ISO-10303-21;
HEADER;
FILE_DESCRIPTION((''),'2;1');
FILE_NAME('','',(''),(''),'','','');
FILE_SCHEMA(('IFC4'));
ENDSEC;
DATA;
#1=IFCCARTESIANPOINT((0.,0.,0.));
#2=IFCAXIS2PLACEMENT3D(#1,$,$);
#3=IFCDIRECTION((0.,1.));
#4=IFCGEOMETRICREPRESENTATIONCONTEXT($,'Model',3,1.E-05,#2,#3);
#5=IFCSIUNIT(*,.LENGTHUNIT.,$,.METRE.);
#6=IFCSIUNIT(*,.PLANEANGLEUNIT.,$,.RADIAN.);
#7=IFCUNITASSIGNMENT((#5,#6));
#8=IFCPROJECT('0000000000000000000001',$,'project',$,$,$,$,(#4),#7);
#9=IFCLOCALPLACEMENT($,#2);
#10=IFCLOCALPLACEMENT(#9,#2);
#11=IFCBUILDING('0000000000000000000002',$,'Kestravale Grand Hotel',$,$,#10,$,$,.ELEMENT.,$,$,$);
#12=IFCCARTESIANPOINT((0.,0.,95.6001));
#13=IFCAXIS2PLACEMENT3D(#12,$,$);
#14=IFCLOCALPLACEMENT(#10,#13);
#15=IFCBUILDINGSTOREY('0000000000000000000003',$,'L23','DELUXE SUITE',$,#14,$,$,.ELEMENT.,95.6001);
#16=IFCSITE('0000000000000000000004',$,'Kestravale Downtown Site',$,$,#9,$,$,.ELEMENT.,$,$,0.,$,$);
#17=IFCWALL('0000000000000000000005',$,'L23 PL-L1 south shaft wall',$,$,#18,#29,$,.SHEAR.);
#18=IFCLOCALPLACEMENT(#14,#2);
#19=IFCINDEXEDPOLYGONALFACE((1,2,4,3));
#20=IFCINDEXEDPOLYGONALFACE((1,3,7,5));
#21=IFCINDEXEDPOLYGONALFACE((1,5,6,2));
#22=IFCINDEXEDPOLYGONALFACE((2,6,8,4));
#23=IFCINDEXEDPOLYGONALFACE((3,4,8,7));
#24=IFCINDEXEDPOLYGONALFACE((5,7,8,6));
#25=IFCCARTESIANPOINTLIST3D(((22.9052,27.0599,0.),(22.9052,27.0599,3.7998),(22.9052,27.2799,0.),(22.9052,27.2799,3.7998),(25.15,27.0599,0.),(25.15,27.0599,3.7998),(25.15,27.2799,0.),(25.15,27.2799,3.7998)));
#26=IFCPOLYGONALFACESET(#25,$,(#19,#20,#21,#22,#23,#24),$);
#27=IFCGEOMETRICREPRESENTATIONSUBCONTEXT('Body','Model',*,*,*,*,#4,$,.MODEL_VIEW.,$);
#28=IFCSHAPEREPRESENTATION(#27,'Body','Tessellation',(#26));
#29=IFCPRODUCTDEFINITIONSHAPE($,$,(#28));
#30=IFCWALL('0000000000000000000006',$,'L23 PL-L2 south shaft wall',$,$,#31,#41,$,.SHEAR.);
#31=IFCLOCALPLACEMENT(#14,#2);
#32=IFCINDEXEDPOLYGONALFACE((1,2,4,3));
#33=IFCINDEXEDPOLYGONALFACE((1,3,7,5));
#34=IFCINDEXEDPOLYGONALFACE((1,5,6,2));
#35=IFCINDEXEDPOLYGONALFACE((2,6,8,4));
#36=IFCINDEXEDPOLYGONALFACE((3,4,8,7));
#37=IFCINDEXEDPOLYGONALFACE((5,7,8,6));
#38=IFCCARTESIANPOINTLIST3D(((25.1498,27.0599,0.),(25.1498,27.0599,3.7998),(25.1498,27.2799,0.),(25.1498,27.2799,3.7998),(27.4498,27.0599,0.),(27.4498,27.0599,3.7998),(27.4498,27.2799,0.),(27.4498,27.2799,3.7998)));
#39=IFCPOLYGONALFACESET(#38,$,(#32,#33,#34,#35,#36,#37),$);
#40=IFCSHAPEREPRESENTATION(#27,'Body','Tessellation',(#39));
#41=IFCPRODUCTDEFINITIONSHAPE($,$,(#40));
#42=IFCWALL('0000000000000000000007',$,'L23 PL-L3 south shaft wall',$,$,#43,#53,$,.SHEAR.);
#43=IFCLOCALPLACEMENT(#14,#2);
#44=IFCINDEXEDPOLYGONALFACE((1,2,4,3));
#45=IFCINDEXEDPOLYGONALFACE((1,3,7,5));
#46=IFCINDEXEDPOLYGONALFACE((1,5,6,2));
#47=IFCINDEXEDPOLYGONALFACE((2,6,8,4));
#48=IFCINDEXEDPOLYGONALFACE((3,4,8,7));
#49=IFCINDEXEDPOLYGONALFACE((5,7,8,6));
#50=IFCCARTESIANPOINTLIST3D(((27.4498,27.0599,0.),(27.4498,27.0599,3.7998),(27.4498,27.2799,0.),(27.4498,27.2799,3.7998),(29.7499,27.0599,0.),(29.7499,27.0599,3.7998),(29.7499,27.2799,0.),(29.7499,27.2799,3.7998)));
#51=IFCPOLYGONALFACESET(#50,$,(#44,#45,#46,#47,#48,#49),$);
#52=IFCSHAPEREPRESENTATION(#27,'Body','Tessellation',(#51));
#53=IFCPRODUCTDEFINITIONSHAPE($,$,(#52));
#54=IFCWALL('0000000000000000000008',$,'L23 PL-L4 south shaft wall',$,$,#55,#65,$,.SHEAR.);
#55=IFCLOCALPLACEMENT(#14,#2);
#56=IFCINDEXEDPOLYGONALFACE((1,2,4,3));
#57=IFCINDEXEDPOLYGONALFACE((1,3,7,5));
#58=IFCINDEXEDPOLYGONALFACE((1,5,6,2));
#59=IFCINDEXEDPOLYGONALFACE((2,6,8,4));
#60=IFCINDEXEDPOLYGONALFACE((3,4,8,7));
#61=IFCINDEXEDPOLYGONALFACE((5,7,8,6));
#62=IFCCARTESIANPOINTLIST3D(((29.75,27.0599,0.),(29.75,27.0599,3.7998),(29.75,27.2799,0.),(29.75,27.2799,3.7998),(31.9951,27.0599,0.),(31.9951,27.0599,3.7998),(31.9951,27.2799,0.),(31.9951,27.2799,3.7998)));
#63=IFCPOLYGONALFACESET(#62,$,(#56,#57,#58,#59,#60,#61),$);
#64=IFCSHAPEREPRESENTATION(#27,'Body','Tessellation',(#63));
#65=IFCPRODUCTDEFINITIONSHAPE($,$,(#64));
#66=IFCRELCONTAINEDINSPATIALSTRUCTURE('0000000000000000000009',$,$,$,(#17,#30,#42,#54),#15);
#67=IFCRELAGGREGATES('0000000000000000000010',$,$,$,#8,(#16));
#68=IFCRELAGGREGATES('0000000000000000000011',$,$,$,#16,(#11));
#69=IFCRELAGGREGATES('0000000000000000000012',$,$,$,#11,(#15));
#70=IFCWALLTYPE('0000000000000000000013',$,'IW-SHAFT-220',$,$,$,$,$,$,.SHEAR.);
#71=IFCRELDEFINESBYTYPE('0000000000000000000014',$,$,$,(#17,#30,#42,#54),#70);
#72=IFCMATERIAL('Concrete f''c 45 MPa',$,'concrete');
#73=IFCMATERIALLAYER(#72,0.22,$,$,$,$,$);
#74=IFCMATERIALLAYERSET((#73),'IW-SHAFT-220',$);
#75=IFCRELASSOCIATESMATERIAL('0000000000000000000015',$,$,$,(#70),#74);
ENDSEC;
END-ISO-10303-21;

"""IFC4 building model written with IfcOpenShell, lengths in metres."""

from ifc_helpers import new_model, si_unit, direction, frame, frame_2d, origin, place, context, subcontext, project, spatial, rectangle, extrude, material, layer, layer_set, type_object, element, save


model = new_model("IFC4")

# Units and contexts
model_context = context("Model", 3, precision=1e-05, world=origin(), true_north=direction((0.0, 1.0)))
body_context = subcontext(model_context, "Body", "Model", "MODEL_VIEW")
ifc_project = project(units=[si_unit("LENGTHUNIT", "METRE"), si_unit("PLANEANGLEUNIT", "RADIAN")], contexts=[model_context])

# Site, building, storey
site_placement = place(None, origin())
site = spatial("IfcSite", under=ifc_project, at=site_placement, Name="Kestravale Downtown Site", CompositionType="ELEMENT", RefElevation=0.0)
building_placement = place(site_placement, origin())
building = spatial("IfcBuilding", under=site, at=building_placement, Name="Kestravale Grand Hotel", CompositionType="ELEMENT")
storey_placement = place(building_placement, frame((0.0, 0.0, 95.6001)))
storey = spatial("IfcBuildingStorey", under=building, at=storey_placement, Name="L23", Description="DELUXE SUITE", CompositionType="ELEMENT", Elevation=95.6001)

# Shared definitions
ifc_material_1 = material(Name="Concrete f'c 45 MPa", Category="concrete")
ifc_layer_1 = layer(ifc_material_1, 0.22)
ifc_layer_set_1 = layer_set([ifc_layer_1], Name="IW-SHAFT-220")
wall_type_1 = type_object("IfcWallType", Name="IW-SHAFT-220", PredefinedType="SHEAR", material=ifc_layer_set_1)

# Wall
wall_1_placement = place(storey_placement, frame((22.905, 27.1699, 0.0), z_axis=(0.0, 0.0, 1.0), x_axis=(1.0, 0.0, 0.0)))
element("IfcWall", 1, at=wall_1_placement, inside=storey, type_object=wall_type_1, Name="L23 PL-L1 south shaft wall", PredefinedType="SHEAR", context=body_context, shape_type="SweptSolid", body=[
    extrude(rectangle(XDim=2.2449, YDim=0.22, at=frame_2d((1.1226, 0.0))), origin(), (0.0, 0.0, 1.0), 3.7998),
])

# Wall
wall_2_placement = place(storey_placement, frame((25.1499, 27.1699, 0.0), z_axis=(0.0, 0.0, 1.0), x_axis=(1.0, 0.0, 0.0)))
element("IfcWall", 2, at=wall_2_placement, inside=storey, type_object=wall_type_1, Name="L23 PL-L2 south shaft wall", PredefinedType="SHEAR", context=body_context, shape_type="SweptSolid", body=[
    extrude(rectangle(XDim=2.3, YDim=0.22, at=frame_2d((1.1499, 0.0))), origin(), (0.0, 0.0, 1.0), 3.7998),
])

# Wall
wall_3_placement = place(storey_placement, frame((27.45, 27.1699, 0.0), z_axis=(0.0, 0.0, 1.0), x_axis=(1.0, 0.0, 0.0)))
element("IfcWall", 3, at=wall_3_placement, inside=storey, type_object=wall_type_1, Name="L23 PL-L3 south shaft wall", PredefinedType="SHEAR", context=body_context, shape_type="SweptSolid", body=[
    extrude(rectangle(XDim=2.3, YDim=0.22, at=frame_2d((1.1499, 0.0))), origin(), (0.0, 0.0, 1.0), 3.7998),
])

# Wall
wall_4_placement = place(storey_placement, frame((29.75, 27.1699, 0.0), z_axis=(0.0, 0.0, 1.0), x_axis=(1.0, 0.0, 0.0)))
element("IfcWall", 4, at=wall_4_placement, inside=storey, type_object=wall_type_1, Name="L23 PL-L4 south shaft wall", PredefinedType="SHEAR", context=body_context, shape_type="SweptSolid", body=[
    extrude(rectangle(XDim=2.2451, YDim=0.22, at=frame_2d((1.1226, 0.0))), origin(), (0.0, 0.0, 1.0), 3.7998),
])

save(model, "model.ifc")
